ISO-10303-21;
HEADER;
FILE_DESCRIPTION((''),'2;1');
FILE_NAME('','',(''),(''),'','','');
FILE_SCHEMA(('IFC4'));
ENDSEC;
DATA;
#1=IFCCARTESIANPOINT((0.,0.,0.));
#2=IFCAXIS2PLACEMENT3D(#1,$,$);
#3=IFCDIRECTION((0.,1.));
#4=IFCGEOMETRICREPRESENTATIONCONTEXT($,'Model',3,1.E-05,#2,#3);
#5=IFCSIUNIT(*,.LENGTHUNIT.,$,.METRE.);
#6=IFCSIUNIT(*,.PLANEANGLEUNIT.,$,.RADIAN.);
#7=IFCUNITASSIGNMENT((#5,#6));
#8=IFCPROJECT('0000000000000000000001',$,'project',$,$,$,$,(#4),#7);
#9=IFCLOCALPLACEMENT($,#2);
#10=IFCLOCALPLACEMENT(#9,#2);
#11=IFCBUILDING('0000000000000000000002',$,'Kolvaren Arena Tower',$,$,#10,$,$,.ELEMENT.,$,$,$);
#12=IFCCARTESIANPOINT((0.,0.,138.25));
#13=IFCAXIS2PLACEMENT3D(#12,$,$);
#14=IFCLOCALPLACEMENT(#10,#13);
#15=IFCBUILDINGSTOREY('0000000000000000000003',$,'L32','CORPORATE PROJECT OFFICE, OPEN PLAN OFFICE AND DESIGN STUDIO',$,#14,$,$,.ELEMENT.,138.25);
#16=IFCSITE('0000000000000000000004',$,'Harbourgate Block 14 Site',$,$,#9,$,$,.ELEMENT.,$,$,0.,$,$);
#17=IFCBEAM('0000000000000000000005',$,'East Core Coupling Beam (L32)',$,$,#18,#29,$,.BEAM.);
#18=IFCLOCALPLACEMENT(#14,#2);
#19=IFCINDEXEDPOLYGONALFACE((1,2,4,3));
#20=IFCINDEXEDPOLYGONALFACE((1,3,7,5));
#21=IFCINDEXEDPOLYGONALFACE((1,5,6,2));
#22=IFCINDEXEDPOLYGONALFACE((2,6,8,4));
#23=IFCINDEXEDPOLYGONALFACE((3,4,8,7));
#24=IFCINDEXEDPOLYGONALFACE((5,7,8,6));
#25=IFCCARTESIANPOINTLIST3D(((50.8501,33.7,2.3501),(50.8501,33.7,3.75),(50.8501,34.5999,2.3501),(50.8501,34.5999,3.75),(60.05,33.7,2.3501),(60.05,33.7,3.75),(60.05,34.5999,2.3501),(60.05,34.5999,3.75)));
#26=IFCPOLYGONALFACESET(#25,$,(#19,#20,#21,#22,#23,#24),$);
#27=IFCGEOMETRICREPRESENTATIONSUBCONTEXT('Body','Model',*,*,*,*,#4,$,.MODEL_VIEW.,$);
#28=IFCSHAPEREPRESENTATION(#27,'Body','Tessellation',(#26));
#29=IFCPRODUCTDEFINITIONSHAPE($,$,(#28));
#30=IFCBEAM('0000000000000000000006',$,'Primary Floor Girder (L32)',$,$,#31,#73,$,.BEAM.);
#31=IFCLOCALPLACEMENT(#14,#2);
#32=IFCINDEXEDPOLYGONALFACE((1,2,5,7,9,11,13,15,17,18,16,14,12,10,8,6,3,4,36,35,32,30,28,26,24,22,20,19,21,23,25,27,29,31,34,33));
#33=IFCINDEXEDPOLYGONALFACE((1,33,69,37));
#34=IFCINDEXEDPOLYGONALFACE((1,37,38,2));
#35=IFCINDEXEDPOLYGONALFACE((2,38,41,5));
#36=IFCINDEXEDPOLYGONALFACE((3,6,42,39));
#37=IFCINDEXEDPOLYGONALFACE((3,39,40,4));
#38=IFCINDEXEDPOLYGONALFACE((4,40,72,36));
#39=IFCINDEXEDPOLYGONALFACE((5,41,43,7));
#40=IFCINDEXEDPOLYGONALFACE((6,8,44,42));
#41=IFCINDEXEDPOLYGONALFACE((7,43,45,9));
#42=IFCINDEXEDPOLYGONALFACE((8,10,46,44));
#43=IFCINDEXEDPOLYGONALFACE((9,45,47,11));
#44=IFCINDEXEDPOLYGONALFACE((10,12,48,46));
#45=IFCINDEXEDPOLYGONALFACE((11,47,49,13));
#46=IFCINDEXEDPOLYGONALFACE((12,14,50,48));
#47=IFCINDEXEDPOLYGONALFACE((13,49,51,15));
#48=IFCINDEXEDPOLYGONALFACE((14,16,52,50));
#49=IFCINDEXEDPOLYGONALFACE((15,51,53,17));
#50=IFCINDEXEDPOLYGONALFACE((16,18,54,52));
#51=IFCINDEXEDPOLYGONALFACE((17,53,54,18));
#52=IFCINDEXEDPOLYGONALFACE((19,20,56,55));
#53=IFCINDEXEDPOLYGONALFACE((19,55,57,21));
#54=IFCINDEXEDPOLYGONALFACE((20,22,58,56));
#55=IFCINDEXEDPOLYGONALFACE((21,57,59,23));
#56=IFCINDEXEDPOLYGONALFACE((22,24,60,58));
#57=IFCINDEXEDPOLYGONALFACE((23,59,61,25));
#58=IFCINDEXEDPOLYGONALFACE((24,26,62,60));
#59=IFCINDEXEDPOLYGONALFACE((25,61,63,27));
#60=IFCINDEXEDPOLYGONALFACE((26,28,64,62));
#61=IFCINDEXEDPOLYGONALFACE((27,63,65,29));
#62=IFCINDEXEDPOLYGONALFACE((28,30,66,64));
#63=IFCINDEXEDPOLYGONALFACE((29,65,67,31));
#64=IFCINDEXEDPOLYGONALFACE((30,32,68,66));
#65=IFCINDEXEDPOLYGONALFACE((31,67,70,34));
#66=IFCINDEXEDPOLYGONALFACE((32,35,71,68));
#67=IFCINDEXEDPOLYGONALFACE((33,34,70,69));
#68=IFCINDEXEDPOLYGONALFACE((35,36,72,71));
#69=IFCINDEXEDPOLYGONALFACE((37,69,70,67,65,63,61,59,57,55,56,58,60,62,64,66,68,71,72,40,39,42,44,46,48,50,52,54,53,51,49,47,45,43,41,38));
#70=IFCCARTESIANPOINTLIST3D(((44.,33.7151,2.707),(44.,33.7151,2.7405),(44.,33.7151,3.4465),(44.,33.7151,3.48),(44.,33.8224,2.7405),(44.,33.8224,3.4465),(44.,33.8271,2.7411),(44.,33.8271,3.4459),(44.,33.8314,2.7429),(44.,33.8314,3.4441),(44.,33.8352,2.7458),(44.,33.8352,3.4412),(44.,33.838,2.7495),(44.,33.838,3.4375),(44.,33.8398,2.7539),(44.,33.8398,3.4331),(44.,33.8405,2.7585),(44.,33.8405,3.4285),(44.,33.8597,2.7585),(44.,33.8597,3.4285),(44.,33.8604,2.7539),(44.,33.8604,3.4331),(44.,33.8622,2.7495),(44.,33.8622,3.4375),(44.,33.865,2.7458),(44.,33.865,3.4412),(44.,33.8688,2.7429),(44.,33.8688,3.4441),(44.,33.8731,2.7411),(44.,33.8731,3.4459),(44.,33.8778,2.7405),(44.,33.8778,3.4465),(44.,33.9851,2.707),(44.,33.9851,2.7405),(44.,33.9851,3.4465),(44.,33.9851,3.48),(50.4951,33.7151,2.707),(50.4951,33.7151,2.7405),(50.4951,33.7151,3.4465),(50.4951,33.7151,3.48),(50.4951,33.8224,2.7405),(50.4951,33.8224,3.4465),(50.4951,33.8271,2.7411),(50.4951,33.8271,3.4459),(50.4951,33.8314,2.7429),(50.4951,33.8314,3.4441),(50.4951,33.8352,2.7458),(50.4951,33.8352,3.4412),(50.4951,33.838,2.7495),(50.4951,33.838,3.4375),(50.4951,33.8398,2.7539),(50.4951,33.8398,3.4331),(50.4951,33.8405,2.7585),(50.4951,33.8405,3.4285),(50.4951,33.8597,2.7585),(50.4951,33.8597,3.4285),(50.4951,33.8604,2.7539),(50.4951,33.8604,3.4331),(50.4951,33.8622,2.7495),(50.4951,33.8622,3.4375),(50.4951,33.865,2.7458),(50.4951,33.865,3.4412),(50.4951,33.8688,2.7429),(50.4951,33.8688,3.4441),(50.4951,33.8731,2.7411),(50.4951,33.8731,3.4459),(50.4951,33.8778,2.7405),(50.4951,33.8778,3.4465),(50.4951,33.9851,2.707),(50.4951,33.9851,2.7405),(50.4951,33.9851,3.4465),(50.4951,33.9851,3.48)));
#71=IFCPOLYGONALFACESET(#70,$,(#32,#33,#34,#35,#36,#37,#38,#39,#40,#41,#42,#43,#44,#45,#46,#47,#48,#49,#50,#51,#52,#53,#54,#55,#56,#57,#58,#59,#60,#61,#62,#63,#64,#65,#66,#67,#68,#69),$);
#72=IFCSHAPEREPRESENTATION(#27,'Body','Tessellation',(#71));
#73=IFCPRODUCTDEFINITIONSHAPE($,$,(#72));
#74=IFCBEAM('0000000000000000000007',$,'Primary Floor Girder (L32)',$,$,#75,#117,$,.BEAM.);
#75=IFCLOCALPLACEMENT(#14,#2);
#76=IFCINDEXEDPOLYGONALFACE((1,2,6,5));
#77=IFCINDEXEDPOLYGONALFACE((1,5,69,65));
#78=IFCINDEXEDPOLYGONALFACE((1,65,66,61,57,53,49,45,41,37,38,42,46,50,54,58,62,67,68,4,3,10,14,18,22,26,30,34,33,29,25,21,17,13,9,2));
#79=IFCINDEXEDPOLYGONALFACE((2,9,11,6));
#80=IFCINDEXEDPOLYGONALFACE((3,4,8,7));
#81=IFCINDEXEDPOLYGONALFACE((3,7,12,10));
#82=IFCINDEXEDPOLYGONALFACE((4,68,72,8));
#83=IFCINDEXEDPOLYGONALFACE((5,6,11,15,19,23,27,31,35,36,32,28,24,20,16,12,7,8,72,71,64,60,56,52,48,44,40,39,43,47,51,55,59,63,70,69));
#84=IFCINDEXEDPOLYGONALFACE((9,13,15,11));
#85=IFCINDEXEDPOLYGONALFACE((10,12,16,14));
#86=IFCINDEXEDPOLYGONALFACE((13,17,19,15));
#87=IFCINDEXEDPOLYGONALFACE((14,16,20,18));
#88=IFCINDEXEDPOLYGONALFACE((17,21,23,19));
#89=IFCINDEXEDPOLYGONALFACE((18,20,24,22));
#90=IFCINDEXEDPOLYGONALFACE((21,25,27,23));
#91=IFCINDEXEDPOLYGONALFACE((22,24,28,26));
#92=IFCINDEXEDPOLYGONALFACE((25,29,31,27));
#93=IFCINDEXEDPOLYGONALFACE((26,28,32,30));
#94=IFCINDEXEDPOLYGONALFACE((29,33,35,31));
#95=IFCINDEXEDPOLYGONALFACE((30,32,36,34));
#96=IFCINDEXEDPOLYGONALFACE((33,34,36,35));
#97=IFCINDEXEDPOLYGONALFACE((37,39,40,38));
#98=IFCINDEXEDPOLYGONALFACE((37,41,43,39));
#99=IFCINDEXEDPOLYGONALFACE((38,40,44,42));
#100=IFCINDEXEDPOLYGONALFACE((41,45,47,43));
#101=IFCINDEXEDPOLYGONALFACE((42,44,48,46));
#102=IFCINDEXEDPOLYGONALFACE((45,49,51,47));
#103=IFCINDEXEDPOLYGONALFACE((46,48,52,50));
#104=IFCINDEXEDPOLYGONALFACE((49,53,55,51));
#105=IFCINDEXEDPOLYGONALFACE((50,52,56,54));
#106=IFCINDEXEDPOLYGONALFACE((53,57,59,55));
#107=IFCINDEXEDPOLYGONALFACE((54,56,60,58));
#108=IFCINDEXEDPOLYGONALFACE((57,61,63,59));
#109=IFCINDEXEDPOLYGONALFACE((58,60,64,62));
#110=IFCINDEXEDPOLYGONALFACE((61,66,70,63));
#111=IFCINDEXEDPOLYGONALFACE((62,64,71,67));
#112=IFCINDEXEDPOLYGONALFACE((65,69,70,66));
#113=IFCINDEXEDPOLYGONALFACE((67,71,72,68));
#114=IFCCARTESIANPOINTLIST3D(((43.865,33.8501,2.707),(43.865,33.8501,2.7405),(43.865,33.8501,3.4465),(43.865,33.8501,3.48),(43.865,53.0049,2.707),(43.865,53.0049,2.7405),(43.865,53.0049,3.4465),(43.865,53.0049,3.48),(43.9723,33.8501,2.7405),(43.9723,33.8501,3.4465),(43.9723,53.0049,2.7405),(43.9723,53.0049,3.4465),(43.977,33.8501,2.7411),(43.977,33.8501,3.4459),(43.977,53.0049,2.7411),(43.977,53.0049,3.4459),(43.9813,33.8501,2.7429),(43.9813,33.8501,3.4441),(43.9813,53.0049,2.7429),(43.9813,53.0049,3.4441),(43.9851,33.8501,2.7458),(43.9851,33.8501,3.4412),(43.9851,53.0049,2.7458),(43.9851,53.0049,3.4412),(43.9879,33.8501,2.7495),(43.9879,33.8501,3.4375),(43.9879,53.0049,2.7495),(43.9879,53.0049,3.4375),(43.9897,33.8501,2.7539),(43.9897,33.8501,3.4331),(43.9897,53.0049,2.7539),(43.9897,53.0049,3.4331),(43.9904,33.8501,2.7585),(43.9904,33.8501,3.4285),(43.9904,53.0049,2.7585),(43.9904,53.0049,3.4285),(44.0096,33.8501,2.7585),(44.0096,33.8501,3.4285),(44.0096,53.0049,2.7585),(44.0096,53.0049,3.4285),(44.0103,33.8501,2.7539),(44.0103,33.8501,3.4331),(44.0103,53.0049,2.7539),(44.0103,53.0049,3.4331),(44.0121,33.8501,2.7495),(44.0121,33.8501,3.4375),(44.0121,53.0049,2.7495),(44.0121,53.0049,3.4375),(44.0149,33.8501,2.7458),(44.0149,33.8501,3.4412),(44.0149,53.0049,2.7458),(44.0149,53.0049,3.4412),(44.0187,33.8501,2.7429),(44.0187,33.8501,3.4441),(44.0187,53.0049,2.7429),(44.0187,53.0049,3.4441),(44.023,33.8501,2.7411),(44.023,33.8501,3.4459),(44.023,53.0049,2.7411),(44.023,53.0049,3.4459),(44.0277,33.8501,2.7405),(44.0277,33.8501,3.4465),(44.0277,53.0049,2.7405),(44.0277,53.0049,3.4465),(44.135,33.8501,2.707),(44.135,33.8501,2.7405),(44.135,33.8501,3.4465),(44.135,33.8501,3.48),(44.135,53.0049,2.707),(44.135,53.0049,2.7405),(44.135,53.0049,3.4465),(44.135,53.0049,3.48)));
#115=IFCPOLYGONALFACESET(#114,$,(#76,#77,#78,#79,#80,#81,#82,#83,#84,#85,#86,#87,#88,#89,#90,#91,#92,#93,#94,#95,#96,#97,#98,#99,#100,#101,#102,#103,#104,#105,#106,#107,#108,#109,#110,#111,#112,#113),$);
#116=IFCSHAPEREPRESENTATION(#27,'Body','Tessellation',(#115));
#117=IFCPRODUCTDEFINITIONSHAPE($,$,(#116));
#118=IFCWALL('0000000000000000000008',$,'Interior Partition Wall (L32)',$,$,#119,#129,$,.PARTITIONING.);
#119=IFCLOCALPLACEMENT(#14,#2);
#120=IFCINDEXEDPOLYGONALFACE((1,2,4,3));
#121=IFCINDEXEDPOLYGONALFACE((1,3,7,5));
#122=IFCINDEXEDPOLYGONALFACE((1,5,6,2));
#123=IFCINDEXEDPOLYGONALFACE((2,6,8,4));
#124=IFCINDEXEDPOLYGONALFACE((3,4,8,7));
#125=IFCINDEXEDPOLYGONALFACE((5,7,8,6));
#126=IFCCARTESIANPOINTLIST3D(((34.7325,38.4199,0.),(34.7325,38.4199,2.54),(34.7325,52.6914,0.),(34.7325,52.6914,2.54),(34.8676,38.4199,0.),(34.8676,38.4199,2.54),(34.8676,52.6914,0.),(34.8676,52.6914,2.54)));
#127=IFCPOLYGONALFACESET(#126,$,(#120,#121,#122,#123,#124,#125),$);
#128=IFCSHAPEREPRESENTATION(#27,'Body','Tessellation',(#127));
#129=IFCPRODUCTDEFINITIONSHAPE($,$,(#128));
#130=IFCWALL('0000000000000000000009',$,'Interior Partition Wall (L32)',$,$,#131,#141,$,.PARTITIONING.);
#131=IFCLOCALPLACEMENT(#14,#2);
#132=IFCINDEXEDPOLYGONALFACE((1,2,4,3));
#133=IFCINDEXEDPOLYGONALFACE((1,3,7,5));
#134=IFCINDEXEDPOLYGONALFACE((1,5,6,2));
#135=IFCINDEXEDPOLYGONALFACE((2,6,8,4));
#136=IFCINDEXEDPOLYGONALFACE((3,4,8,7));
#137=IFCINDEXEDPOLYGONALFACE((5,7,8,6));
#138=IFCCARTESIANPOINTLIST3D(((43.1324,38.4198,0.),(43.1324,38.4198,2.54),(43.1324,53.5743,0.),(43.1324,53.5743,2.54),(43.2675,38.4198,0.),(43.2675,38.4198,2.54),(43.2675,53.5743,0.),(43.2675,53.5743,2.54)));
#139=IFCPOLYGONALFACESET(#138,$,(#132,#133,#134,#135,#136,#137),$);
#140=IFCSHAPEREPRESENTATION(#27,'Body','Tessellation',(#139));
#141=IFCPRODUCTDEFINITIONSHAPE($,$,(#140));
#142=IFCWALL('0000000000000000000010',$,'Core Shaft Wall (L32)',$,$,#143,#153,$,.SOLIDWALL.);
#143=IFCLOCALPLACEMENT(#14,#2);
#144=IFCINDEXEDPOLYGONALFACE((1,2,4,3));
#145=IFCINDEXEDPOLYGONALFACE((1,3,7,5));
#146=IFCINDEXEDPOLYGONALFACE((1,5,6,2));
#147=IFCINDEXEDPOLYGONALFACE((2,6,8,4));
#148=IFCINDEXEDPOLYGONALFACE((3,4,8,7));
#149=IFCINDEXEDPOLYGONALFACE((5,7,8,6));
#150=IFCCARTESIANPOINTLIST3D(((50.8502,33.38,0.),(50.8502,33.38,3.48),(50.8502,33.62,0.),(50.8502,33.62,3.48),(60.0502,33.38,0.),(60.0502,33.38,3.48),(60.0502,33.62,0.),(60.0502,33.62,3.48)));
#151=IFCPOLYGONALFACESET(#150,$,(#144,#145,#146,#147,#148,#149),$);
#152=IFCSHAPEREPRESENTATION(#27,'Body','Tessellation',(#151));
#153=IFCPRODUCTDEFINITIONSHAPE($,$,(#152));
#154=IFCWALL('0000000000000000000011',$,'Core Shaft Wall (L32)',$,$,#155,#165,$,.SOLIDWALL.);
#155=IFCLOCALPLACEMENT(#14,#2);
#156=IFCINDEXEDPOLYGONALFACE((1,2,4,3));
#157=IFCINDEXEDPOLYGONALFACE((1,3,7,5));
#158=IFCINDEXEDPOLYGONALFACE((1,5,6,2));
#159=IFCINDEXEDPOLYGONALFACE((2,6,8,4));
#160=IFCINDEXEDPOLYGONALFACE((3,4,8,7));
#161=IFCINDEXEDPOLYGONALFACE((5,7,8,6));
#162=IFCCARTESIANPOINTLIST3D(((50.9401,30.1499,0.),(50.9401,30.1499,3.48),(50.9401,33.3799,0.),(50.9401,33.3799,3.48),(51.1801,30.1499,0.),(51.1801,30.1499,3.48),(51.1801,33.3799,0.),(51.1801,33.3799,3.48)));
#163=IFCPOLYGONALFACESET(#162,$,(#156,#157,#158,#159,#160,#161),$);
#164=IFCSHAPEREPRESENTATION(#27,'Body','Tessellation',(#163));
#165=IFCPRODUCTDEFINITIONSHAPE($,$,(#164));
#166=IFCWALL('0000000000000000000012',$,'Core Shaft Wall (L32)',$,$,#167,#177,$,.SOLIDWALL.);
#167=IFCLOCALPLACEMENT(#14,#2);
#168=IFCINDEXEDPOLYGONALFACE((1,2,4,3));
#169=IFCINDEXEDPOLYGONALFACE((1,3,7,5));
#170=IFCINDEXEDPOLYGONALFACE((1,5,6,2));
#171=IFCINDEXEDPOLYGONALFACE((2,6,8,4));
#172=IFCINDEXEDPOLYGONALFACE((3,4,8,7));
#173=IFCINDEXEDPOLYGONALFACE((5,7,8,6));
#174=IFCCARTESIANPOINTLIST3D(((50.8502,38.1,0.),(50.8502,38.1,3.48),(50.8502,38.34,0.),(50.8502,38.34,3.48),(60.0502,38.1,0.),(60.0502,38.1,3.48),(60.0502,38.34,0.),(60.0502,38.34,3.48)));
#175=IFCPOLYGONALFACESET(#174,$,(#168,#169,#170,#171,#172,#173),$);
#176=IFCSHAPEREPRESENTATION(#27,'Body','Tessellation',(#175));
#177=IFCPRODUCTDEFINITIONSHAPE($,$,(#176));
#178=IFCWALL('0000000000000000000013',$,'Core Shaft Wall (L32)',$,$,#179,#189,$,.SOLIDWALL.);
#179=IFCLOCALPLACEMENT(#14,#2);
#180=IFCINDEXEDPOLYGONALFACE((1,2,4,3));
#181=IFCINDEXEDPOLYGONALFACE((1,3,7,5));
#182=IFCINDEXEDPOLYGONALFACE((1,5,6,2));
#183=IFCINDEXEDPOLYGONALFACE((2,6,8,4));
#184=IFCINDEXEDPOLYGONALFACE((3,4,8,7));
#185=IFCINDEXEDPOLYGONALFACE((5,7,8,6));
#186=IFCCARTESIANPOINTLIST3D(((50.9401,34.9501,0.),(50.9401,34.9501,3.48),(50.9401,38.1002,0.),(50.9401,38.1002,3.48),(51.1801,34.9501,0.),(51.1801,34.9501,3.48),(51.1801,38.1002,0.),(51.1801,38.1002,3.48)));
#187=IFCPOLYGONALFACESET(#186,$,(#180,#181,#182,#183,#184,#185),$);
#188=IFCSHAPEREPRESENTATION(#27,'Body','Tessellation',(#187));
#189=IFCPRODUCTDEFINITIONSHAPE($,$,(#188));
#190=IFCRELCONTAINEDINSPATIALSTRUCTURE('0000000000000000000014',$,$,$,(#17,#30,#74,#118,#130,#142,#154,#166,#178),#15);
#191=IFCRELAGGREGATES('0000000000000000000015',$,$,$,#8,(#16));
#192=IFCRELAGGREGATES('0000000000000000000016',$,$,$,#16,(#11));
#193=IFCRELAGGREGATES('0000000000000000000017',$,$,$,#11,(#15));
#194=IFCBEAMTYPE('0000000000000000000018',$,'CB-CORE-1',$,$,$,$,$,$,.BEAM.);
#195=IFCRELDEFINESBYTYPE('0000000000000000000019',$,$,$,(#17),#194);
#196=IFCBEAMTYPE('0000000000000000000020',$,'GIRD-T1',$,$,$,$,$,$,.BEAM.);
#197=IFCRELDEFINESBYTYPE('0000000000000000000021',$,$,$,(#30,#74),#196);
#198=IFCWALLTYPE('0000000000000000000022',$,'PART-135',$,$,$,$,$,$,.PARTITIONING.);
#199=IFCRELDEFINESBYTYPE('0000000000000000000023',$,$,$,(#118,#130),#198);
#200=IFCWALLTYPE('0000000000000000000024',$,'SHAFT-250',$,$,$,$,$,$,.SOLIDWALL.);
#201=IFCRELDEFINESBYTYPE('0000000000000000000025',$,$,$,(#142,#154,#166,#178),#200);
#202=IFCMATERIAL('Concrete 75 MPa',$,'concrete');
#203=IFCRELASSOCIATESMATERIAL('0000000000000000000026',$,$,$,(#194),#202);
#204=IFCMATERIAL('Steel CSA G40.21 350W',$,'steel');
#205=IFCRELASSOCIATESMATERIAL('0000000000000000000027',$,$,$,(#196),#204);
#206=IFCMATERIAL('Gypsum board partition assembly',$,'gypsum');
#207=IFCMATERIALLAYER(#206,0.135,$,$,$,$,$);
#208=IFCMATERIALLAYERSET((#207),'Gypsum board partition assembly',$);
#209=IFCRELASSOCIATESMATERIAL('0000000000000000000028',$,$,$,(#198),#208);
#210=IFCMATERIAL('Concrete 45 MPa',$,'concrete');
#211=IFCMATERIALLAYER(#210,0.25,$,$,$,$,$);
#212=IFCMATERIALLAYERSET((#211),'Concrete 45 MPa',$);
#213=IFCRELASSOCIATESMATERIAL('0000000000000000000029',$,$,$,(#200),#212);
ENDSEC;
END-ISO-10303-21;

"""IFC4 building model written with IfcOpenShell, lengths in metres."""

from ifc_helpers import new_model, si_unit, direction, frame, frame_2d, origin, origin_2d, place, context, subcontext, project, spatial, rectangle, i_section, extrude, material, layer, layer_set, material_profile, profile_set, type_object, element, save


model = new_model("IFC4")

# Units and contexts
model_context = context("Model", 3, precision=1e-05, world=origin(), true_north=direction((0.0, 1.0)))
body_context = subcontext(model_context, "Body", "Model", "MODEL_VIEW")
ifc_project = project(units=[si_unit("LENGTHUNIT", "METRE"), si_unit("PLANEANGLEUNIT", "RADIAN")], contexts=[model_context])

# Site, building, storey
site_placement = place(None, origin())
site = spatial("IfcSite", under=ifc_project, at=site_placement, Name="Harbourgate Block 14 Site", CompositionType="ELEMENT", RefElevation=0.0)
building_placement = place(site_placement, origin())
building = spatial("IfcBuilding", under=site, at=building_placement, Name="Kolvaren Arena Tower", CompositionType="ELEMENT")
storey_placement = place(building_placement, frame((0.0, 0.0, 138.25)))
storey = spatial("IfcBuildingStorey", under=building, at=storey_placement, Name="L32", Description="CORPORATE PROJECT OFFICE, OPEN PLAN OFFICE AND DESIGN STUDIO", CompositionType="ELEMENT", Elevation=138.25)

# Beams
ifc_material_1 = material(Name="Steel CSA G40.21 350W", Category="steel")
ifc_material_2 = material(Name="Concrete 75 MPa", Category="concrete")
ifc_material_profile_1 = material_profile(ifc_material_2, rectangle(XDim=0.8999, YDim=1.3999, at=origin_2d()), Name="RC-900x1400")
ifc_profile_set_1 = profile_set([ifc_material_profile_1], Name="Concrete 75 MPa")
beam_type_1 = type_object("IfcBeamType", Name="CB-CORE-1", PredefinedType="BEAM", material=ifc_profile_set_1)
beam_1_placement = place(storey_placement, frame((50.8501, 34.1499, 3.05), z_axis=(1.0, 0.0, 0.0), x_axis=(0.0, 1.0, 0.0)))
element("IfcBeam", 1, at=beam_1_placement, inside=storey, type_object=beam_type_1, Name="East Core Coupling Beam (L32)", PredefinedType="BEAM", context=body_context, shape_type="SweptSolid", body=[
    extrude(rectangle(XDim=0.8999, YDim=1.3999, at=origin_2d()), origin(), (0.0, 0.0, 1.0), 9.2),
])
ifc_material_profile_2 = material_profile(ifc_material_1, i_section(OverallWidth=0.27, OverallDepth=0.7729, WebThickness=0.0193, FlangeThickness=0.0334, FilletRadius=0.0181, at=origin_2d()), Name="W760x257")
ifc_profile_set_2 = profile_set([ifc_material_profile_2], Name="Steel CSA G40.21 350W")
beam_type_2 = type_object("IfcBeamType", Name="GIRD-T1", PredefinedType="BEAM", material=ifc_profile_set_2)
beam_2_placement = place(storey_placement, frame((44.0, 33.8501, 3.0935), z_axis=(1.0, 0.0, 0.0), x_axis=(0.0, 1.0, 0.0)))
element("IfcBeam", 2, at=beam_2_placement, inside=storey, type_object=beam_type_2, Name="Primary Floor Girder (L32)", PredefinedType="BEAM", context=body_context, shape_type="SweptSolid", body=[
    extrude(i_section(OverallWidth=0.27, OverallDepth=0.7729, WebThickness=0.0193, FlangeThickness=0.0334, FilletRadius=0.0181, at=origin_2d()), origin(), (0.0, 0.0, 1.0), 6.4951),
])
beam_3_placement = place(storey_placement, frame((44.0, 33.8501, 3.0935), z_axis=(0.0, 1.0, 0.0), x_axis=(-1.0, 0.0, 0.0)))
element("IfcBeam", 3, at=beam_3_placement, inside=storey, type_object=beam_type_2, Name="Primary Floor Girder (L32)", PredefinedType="BEAM", context=body_context, shape_type="SweptSolid", body=[
    extrude(i_section(OverallWidth=0.27, OverallDepth=0.7729, WebThickness=0.0193, FlangeThickness=0.0334, FilletRadius=0.0181, at=origin_2d()), origin(), (0.0, 0.0, 1.0), 19.1548),
])

# Walls
ifc_material_3 = material(Name="Gypsum board partition assembly", Category="gypsum")
ifc_layer_1 = layer(ifc_material_3, 0.135)
ifc_layer_set_1 = layer_set([ifc_layer_1], Name="Gypsum board partition assembly")
wall_type_1 = type_object("IfcWallType", Name="PART-135", PredefinedType="PARTITIONING", material=ifc_layer_set_1)
wall_1_placement = place(storey_placement, frame((34.8, 38.4199, 0.0), z_axis=(0.0, 0.0, 1.0), x_axis=(0.0, 1.0, 0.0)))
element("IfcWall", 4, at=wall_1_placement, inside=storey, type_object=wall_type_1, Name="Interior Partition Wall (L32)", PredefinedType="PARTITIONING", context=body_context, shape_type="SweptSolid", body=[
    extrude(rectangle(XDim=14.2715, YDim=0.135, at=frame_2d((7.1357, 0.0))), origin(), (0.0, 0.0, 1.0), 2.54),
])
wall_2_placement = place(storey_placement, frame((43.2, 38.4199, 0.0), z_axis=(0.0, 0.0, 1.0), x_axis=(0.0, 1.0, 0.0)))
element("IfcWall", 5, at=wall_2_placement, inside=storey, type_object=wall_type_1, Name="Interior Partition Wall (L32)", PredefinedType="PARTITIONING", context=body_context, shape_type="SweptSolid", body=[
    extrude(rectangle(XDim=15.1545, YDim=0.135, at=frame_2d((7.5771, 0.0))), origin(), (0.0, 0.0, 1.0), 2.54),
])
ifc_material_4 = material(Name="Concrete 45 MPa", Category="concrete")
ifc_layer_2 = layer(ifc_material_4, 0.25)
ifc_layer_set_2 = layer_set([ifc_layer_2], Name="Concrete 45 MPa")
wall_type_2 = type_object("IfcWallType", Name="SHAFT-250", PredefinedType="SOLIDWALL", material=ifc_layer_set_2)
wall_3_placement = place(storey_placement, frame((50.8501, 33.5, 0.0), z_axis=(0.0, 0.0, 1.0), x_axis=(1.0, 0.0, 0.0)))
element("IfcWall", 6, at=wall_3_placement, inside=storey, type_object=wall_type_2, Name="Core Shaft Wall (L32)", PredefinedType="SOLIDWALL", context=body_context, shape_type="SweptSolid", body=[
    extrude(rectangle(XDim=9.2, YDim=0.24, at=frame_2d((4.6001, 0.0))), origin(), (0.0, 0.0, 1.0), 3.48),
])
wall_4_placement = place(storey_placement, frame((51.0601, 30.1499, 0.0), z_axis=(0.0, 0.0, 1.0), x_axis=(0.0, 1.0, 0.0)))
element("IfcWall", 7, at=wall_4_placement, inside=storey, type_object=wall_type_2, Name="Core Shaft Wall (L32)", PredefinedType="SOLIDWALL", context=body_context, shape_type="SweptSolid", body=[
    extrude(rectangle(XDim=3.23, YDim=0.24, at=frame_2d((1.615, 0.0))), origin(), (0.0, 0.0, 1.0), 3.48),
])
wall_5_placement = place(storey_placement, frame((50.8501, 38.22, 0.0), z_axis=(0.0, 0.0, 1.0), x_axis=(1.0, 0.0, 0.0)))
element("IfcWall", 8, at=wall_5_placement, inside=storey, type_object=wall_type_2, Name="Core Shaft Wall (L32)", PredefinedType="SOLIDWALL", context=body_context, shape_type="SweptSolid", body=[
    extrude(rectangle(XDim=9.2, YDim=0.24, at=frame_2d((4.6001, 0.0))), origin(), (0.0, 0.0, 1.0), 3.48),
])
wall_6_placement = place(storey_placement, frame((51.0601, 34.95, 0.0), z_axis=(0.0, 0.0, 1.0), x_axis=(0.0, 1.0, 0.0)))
element("IfcWall", 9, at=wall_6_placement, inside=storey, type_object=wall_type_2, Name="Core Shaft Wall (L32)", PredefinedType="SOLIDWALL", context=body_context, shape_type="SweptSolid", body=[
    extrude(rectangle(XDim=3.1501, YDim=0.24, at=frame_2d((1.5752, 0.0))), origin(), (0.0, 0.0, 1.0), 3.48),
])

save(model, "model.ifc")
